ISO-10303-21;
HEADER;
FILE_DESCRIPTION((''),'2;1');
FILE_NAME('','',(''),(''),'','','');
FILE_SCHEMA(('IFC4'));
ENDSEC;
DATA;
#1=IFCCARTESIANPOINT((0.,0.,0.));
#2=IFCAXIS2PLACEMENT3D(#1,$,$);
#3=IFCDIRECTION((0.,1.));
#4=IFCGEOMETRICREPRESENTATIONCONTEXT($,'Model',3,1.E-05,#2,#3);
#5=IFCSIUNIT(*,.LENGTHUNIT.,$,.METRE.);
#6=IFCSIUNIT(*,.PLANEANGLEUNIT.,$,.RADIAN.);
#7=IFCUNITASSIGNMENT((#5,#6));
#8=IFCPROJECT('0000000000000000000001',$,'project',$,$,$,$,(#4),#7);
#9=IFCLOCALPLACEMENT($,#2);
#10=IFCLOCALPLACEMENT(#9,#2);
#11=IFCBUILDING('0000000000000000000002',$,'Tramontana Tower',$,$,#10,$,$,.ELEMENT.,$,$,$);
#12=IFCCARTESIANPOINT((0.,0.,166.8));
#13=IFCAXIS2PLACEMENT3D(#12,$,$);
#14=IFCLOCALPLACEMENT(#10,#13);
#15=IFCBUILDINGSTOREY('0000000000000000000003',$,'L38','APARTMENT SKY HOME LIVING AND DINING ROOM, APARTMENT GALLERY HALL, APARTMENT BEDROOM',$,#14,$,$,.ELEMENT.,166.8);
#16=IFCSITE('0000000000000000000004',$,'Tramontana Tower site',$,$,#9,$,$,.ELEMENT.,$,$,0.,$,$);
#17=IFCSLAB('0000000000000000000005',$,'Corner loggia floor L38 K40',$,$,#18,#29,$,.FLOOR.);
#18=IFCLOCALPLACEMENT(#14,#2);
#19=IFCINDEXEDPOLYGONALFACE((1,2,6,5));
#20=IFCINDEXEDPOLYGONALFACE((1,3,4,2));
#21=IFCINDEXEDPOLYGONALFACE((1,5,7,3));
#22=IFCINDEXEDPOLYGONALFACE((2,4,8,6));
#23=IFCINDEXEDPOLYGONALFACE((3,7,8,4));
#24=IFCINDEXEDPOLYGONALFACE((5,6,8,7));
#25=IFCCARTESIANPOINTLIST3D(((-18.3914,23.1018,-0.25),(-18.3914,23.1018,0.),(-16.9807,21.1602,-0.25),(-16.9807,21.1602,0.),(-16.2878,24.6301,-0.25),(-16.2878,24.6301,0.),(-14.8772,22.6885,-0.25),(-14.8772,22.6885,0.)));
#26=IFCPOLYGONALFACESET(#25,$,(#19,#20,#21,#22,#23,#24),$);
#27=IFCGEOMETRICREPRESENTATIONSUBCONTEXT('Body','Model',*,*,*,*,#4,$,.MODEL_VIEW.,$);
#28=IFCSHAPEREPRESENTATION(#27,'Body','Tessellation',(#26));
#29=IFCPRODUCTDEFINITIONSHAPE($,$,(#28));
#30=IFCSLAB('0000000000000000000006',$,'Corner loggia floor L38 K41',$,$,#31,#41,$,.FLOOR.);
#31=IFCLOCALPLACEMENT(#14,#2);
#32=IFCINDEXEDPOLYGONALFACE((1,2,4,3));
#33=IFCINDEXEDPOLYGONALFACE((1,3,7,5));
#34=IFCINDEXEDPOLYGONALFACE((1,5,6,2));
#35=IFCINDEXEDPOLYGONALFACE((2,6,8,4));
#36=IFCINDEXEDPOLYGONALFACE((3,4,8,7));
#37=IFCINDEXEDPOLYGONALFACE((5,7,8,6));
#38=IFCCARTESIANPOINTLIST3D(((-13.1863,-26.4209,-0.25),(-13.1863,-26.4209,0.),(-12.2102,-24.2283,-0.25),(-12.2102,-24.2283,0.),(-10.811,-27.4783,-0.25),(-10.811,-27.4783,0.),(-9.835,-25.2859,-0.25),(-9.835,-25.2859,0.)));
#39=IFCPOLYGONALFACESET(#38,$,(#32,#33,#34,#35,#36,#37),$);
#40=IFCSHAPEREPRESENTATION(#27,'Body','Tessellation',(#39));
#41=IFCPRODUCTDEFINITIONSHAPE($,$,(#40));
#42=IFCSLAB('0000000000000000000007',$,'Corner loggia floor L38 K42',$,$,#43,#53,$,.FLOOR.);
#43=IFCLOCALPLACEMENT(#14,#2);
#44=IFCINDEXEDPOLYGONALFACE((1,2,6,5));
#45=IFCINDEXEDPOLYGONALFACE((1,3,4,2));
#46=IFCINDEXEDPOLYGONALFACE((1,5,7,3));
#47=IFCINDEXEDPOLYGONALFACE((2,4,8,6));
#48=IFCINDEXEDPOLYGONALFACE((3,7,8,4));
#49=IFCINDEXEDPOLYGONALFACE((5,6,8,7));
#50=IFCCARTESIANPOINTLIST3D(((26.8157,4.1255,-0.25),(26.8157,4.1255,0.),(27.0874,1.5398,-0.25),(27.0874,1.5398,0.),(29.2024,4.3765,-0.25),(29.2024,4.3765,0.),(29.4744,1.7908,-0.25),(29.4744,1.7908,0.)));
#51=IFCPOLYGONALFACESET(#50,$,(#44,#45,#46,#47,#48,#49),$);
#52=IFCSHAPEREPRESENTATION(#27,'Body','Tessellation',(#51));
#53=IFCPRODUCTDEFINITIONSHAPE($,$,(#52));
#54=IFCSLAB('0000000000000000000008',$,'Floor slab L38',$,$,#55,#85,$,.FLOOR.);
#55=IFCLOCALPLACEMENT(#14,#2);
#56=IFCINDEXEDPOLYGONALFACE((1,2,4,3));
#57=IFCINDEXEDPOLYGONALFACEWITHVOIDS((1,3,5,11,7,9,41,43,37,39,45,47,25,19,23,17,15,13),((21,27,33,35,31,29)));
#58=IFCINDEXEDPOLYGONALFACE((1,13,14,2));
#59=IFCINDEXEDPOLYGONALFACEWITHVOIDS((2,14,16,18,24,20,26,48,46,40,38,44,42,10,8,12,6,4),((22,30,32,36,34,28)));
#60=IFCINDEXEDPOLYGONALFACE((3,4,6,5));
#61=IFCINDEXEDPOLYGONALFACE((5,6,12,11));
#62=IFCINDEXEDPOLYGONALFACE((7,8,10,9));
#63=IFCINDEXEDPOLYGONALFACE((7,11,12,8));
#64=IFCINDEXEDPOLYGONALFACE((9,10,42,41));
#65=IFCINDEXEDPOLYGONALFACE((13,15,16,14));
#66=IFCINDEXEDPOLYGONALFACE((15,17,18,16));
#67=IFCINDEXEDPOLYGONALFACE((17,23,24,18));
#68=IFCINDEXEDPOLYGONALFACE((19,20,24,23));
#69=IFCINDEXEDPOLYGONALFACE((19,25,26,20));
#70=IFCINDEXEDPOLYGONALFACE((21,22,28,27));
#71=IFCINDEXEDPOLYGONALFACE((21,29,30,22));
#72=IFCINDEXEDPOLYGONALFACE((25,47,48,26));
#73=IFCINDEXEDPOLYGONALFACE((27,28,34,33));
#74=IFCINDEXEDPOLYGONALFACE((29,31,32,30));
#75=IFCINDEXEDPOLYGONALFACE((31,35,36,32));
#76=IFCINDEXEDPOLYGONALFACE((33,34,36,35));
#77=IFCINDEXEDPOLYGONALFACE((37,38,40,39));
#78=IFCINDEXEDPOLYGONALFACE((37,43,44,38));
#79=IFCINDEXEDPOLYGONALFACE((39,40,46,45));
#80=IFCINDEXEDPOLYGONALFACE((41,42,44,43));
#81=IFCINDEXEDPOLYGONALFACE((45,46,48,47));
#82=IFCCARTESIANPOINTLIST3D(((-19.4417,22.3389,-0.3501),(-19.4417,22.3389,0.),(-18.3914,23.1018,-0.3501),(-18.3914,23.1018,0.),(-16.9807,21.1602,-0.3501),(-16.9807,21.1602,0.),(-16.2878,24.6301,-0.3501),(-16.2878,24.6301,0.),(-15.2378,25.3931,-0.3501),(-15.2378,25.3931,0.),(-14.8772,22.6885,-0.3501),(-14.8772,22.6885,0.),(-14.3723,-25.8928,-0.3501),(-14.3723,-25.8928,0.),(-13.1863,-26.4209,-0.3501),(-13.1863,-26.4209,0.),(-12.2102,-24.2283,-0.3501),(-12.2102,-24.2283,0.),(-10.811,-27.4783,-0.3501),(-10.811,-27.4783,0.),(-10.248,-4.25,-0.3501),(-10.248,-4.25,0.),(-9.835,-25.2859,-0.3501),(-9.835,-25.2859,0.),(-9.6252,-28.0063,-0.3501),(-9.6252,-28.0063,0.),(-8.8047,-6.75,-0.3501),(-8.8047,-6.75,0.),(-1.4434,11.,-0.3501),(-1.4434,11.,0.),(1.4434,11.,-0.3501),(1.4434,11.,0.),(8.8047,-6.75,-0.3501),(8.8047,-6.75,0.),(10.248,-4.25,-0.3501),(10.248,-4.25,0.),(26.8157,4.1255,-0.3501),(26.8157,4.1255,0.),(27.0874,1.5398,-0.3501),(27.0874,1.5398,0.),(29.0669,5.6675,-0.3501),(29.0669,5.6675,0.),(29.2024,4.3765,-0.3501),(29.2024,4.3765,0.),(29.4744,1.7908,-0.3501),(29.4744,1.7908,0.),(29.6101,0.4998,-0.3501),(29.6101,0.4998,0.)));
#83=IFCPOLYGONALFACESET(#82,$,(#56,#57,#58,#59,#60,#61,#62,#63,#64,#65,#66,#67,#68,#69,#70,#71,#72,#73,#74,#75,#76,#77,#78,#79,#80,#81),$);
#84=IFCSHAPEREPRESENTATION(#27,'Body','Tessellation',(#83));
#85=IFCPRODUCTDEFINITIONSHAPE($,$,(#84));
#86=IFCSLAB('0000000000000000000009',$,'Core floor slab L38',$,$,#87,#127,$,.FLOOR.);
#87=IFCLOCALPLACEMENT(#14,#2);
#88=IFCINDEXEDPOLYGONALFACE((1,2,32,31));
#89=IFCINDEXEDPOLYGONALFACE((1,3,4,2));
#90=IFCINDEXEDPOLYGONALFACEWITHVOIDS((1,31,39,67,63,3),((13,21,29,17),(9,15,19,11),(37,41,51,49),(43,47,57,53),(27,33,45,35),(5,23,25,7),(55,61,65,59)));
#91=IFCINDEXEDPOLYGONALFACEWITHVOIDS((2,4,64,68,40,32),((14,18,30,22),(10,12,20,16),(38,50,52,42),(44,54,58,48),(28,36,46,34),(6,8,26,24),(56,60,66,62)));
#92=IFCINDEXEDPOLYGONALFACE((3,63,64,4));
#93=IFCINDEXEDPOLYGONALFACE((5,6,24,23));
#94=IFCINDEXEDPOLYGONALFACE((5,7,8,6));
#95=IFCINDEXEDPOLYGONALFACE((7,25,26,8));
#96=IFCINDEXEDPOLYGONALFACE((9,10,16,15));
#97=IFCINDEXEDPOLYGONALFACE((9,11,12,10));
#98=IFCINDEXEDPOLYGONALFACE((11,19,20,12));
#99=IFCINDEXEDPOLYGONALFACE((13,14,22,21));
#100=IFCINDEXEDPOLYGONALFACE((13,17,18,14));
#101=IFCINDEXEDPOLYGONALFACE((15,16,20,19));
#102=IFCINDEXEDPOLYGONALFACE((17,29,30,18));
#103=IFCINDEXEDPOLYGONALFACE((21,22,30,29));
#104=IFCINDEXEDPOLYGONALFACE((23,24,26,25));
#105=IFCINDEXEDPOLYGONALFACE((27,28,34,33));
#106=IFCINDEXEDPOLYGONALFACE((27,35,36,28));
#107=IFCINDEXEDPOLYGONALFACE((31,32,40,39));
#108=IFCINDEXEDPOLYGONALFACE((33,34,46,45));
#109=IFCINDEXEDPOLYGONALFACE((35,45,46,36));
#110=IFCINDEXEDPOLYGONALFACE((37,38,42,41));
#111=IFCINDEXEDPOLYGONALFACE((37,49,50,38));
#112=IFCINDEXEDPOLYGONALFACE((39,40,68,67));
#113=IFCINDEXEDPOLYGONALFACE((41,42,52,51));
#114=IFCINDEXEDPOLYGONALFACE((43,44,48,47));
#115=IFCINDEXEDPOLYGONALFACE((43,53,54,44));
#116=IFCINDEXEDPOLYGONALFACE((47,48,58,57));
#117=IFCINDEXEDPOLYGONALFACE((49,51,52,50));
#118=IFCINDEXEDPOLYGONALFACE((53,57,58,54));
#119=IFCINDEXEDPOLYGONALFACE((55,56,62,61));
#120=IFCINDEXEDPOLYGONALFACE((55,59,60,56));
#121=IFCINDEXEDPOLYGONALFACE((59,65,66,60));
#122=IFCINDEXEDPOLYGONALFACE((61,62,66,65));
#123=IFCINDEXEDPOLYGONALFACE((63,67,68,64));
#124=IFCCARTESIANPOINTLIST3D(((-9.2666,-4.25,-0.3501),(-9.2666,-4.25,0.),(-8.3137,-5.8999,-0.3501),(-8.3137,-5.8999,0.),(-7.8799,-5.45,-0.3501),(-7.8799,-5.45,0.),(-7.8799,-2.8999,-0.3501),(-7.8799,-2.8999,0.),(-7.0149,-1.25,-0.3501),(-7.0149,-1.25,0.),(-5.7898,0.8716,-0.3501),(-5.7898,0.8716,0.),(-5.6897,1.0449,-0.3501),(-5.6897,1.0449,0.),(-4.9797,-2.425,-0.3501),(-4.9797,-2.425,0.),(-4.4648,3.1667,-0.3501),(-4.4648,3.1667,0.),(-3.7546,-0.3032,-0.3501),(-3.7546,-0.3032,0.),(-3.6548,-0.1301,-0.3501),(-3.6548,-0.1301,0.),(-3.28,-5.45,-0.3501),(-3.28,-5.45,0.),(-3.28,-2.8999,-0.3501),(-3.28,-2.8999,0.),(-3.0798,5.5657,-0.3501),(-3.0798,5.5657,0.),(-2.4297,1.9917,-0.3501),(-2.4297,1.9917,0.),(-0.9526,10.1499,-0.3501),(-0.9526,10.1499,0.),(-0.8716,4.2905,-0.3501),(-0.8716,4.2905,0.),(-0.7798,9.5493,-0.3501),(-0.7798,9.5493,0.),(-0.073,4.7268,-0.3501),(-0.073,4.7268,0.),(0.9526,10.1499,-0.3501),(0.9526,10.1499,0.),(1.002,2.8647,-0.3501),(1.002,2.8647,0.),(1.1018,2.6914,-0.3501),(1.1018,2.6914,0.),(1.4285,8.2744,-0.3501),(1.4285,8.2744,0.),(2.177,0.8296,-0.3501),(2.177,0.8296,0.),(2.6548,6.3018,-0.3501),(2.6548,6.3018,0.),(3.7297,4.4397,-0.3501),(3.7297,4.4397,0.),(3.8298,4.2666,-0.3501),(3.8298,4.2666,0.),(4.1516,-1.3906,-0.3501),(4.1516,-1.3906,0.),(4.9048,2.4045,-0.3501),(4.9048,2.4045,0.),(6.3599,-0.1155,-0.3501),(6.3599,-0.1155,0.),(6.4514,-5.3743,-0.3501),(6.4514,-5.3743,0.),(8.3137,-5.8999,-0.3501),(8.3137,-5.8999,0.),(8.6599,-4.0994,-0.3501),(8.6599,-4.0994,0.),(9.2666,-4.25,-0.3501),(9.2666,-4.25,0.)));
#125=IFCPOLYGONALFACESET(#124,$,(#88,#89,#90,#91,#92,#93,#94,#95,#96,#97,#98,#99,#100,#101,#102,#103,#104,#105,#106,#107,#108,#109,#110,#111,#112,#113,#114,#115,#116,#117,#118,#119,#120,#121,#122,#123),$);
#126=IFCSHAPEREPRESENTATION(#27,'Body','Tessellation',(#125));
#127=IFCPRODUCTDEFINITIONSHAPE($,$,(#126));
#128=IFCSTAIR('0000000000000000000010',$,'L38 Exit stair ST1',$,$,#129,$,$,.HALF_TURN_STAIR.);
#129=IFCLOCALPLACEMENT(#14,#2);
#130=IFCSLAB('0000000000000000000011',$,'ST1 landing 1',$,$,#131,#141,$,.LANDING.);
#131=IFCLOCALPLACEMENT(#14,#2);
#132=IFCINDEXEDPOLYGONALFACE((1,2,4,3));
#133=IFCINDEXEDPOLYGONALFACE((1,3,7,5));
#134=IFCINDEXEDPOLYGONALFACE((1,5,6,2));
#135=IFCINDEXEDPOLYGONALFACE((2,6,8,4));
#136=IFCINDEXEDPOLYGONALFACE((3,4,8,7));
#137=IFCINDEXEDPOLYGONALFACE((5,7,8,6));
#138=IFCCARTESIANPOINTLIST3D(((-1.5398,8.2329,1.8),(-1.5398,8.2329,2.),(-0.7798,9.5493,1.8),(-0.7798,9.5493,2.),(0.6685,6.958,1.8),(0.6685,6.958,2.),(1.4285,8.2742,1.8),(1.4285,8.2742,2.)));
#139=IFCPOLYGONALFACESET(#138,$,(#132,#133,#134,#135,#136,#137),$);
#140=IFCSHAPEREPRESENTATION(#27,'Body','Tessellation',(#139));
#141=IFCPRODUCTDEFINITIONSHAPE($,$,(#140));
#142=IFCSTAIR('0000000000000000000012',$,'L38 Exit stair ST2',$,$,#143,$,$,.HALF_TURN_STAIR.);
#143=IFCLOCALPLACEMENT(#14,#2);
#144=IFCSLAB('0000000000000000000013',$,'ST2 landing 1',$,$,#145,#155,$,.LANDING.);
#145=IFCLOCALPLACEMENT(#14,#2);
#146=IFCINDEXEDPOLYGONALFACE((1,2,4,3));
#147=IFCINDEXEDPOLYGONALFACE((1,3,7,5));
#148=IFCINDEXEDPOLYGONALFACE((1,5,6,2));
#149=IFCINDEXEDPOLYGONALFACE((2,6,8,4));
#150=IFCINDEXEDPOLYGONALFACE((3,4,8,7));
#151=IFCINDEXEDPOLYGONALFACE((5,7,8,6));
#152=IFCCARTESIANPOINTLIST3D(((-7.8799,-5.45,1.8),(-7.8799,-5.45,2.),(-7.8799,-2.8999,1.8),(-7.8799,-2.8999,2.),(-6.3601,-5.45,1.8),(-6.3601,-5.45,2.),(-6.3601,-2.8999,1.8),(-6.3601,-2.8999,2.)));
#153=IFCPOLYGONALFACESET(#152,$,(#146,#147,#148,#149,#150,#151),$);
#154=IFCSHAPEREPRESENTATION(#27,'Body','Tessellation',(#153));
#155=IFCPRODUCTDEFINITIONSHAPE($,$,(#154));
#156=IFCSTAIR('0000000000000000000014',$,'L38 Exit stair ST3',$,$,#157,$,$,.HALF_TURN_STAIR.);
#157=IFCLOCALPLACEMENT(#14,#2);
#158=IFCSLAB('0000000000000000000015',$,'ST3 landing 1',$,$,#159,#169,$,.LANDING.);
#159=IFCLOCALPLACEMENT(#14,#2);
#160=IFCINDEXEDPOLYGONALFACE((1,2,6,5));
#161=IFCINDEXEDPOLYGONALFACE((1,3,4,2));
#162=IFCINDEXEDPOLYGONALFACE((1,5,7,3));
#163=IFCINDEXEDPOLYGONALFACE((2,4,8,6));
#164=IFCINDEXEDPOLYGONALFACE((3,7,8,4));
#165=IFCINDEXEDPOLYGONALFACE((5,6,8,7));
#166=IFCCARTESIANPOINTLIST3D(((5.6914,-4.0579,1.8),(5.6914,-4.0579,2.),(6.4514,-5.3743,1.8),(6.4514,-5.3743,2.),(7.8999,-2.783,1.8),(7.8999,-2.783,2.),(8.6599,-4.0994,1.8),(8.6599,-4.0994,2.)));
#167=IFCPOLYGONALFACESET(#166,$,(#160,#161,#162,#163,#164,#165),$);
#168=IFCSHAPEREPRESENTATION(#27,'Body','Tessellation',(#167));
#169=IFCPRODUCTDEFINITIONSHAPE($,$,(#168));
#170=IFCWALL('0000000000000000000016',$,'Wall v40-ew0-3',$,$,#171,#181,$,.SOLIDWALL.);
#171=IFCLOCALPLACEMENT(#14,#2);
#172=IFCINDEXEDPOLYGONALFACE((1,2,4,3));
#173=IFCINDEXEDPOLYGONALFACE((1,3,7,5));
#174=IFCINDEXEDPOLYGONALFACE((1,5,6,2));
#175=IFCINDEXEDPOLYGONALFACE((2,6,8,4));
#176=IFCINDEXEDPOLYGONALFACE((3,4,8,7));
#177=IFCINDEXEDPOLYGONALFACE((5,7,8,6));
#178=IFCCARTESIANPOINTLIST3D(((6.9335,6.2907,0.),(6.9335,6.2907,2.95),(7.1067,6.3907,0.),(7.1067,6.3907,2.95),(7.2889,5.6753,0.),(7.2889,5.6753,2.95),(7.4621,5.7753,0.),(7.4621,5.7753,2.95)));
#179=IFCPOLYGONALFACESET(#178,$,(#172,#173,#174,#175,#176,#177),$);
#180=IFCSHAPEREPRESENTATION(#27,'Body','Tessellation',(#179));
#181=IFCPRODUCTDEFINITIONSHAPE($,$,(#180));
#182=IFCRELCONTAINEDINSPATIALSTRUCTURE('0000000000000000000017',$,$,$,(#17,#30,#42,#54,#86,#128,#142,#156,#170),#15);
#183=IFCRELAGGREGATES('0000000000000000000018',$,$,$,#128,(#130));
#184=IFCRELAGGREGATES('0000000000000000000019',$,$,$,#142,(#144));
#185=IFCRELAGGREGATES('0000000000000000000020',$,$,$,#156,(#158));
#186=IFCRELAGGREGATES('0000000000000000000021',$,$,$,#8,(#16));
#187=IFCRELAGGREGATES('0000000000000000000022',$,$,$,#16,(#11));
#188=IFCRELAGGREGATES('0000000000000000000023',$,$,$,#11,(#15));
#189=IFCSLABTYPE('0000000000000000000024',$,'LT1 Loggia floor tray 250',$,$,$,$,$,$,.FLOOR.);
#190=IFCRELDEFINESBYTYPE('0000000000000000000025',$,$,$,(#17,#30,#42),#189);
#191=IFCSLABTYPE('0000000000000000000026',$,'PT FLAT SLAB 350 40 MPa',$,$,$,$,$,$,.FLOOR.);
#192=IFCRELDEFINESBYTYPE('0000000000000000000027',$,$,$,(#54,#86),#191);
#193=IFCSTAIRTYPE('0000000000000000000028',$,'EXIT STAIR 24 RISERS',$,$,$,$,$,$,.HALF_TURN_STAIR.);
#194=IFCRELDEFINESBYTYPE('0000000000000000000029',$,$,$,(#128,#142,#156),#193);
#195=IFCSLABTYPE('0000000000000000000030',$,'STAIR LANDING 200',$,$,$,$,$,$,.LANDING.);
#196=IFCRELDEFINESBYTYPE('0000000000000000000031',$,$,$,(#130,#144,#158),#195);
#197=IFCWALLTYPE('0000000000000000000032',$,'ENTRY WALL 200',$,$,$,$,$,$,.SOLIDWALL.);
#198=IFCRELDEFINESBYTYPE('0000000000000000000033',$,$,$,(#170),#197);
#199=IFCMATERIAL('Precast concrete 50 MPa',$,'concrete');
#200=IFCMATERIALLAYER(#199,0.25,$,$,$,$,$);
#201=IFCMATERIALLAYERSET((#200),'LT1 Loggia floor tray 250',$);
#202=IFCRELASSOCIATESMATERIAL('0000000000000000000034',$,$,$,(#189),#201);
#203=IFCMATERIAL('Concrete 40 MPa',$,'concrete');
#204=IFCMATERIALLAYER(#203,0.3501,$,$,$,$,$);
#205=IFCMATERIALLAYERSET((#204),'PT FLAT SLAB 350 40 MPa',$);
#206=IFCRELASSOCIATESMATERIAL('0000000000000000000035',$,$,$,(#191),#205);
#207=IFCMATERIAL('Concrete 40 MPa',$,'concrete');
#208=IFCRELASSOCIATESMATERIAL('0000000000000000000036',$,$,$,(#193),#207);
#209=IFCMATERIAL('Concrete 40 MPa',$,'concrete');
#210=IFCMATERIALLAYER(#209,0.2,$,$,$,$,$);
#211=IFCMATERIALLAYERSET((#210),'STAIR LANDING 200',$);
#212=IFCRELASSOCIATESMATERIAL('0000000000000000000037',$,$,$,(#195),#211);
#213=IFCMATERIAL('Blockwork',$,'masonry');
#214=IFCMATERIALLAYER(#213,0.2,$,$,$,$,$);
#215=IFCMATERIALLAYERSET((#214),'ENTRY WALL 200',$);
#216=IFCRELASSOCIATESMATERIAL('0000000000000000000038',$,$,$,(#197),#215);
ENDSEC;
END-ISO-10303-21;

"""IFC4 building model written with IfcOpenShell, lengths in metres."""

from ifc_helpers import new_model, si_unit, direction, frame, frame_2d, origin, place, context, subcontext, project, spatial, polyline, rectangle, outline, extrude, material, layer, layer_set, type_object, element, aggregate, save


model = new_model("IFC4")

# Units and contexts
model_context = context("Model", 3, precision=1e-05, world=origin(), true_north=direction((0.0, 1.0)))
body_context = subcontext(model_context, "Body", "Model", "MODEL_VIEW")
ifc_project = project(units=[si_unit("LENGTHUNIT", "METRE"), si_unit("PLANEANGLEUNIT", "RADIAN")], contexts=[model_context])

# Site, building, storey
site_placement = place(None, origin())
site = spatial("IfcSite", under=ifc_project, at=site_placement, Name="Tramontana Tower site", CompositionType="ELEMENT", RefElevation=0.0)
building_placement = place(site_placement, origin())
building = spatial("IfcBuilding", under=site, at=building_placement, Name="Tramontana Tower", CompositionType="ELEMENT")
storey_placement = place(building_placement, frame((0.0, 0.0, 166.8)))
storey = spatial("IfcBuildingStorey", under=building, at=storey_placement, Name="L38", Description="APARTMENT SKY HOME LIVING AND DINING ROOM, APARTMENT GALLERY HALL, APARTMENT BEDROOM", CompositionType="ELEMENT", Elevation=166.8)

# Slabs
ifc_material_1 = material(Name="Precast concrete 50 MPa", Category="concrete")
ifc_layer_1 = layer(ifc_material_1, 0.25)
ifc_layer_set_1 = layer_set([ifc_layer_1], Name="LT1 Loggia floor tray 250")
slab_type_1 = type_object("IfcSlabType", Name="LT1 Loggia floor tray 250", PredefinedType="FLOOR", material=ifc_layer_set_1)
slab_1_placement = place(storey_placement, frame((0.0, 0.0, -0.25)))
element("IfcSlab", 1, at=slab_1_placement, inside=storey, type_object=slab_type_1, Name="Corner loggia floor L38 K40", PredefinedType="FLOOR", context=body_context, shape_type="SweptSolid", body=[
    extrude(outline(polyline([(-16.2878, 24.6301), (-14.8772, 22.6885), (-16.9807, 21.1602), (-18.3914, 23.1018), (-16.2878, 24.6301)])), origin(), (0.0, 0.0, 1.0), 0.25),
])
slab_2_placement = place(storey_placement, frame((0.0, 0.0, -0.25)))
element("IfcSlab", 2, at=slab_2_placement, inside=storey, type_object=slab_type_1, Name="Corner loggia floor L38 K41", PredefinedType="FLOOR", context=body_context, shape_type="SweptSolid", body=[
    extrude(outline(polyline([(-13.1863, -26.4209), (-12.2102, -24.2283), (-9.835, -25.2859), (-10.811, -27.4783), (-13.1863, -26.4209)])), origin(), (0.0, 0.0, 1.0), 0.25),
])
slab_3_placement = place(storey_placement, frame((0.0, 0.0, -0.25)))
element("IfcSlab", 3, at=slab_3_placement, inside=storey, type_object=slab_type_1, Name="Corner loggia floor L38 K42", PredefinedType="FLOOR", context=body_context, shape_type="SweptSolid", body=[
    extrude(outline(polyline([(29.4744, 1.7908), (27.0874, 1.5398), (26.8157, 4.1255), (29.2024, 4.3765), (29.4744, 1.7908)])), origin(), (0.0, 0.0, 1.0), 0.25),
])
ifc_material_2 = material(Name="Concrete 40 MPa", Category="concrete")
ifc_layer_2 = layer(ifc_material_2, 0.3501)
ifc_layer_set_2 = layer_set([ifc_layer_2], Name="PT FLAT SLAB 350 40 MPa")
slab_type_2 = type_object("IfcSlabType", Name="PT FLAT SLAB 350 40 MPa", PredefinedType="FLOOR", material=ifc_layer_set_2)
slab_4_placement = place(storey_placement, frame((0.0, 0.0, -0.3501)))
element("IfcSlab", 4, at=slab_4_placement, inside=storey, type_object=slab_type_2, Name="Floor slab L38", PredefinedType="FLOOR", context=body_context, shape_type="SweptSolid", body=[
    extrude(outline(polyline([(29.2024, 4.3765), (26.8157, 4.1255), (27.0874, 1.5398), (29.4744, 1.7908), (29.6101, 0.4998), (-9.6252, -28.0063), (-10.811, -27.4783), (-9.835, -25.2859), (-12.2102, -24.2283), (-13.1863, -26.4209), (-14.3723, -25.8928), (-19.4417, 22.3389), (-18.3914, 23.1018), (-16.9807, 21.1602), (-14.8772, 22.6885), (-16.2878, 24.6301), (-15.2378, 25.3931), (29.0669, 5.6675), (29.2024, 4.3765)]), holes=[polyline([(-10.248, -4.25), (-8.8047, -6.75), (8.8047, -6.75), (10.248, -4.25), (1.4434, 11.0), (-1.4434, 11.0), (-10.248, -4.25)])]), origin(), (0.0, 0.0, 1.0), 0.3501),
])
slab_5_placement = place(storey_placement, frame((0.0, 0.0, -0.3501)))
element("IfcSlab", 5, at=slab_5_placement, inside=storey, type_object=slab_type_2, Name="Core floor slab L38", PredefinedType="FLOOR", context=body_context, shape_type="SweptSolid", body=[
    extrude(outline(polyline([(9.2666, -4.25), (8.3137, -5.8999), (-8.3137, -5.8999), (-9.2666, -4.25), (-0.9526, 10.1499), (0.9526, 10.1499), (9.2666, -4.25)]), holes=[polyline([(8.6599, -4.0994), (6.3599, -0.1155), (4.1516, -1.3906), (6.4514, -5.3743), (8.6599, -4.0994)]), polyline([(3.8298, 4.2666), (1.1018, 2.6914), (2.177, 0.8296), (4.9048, 2.4045), (3.8298, 4.2666)]), polyline([(2.6548, 6.3018), (-0.073, 4.7268), (1.002, 2.8647), (3.7297, 4.4397), (2.6548, 6.3018)]), polyline([(-0.7798, 9.5493), (-3.0798, 5.5657), (-0.8716, 4.2905), (1.4285, 8.2744), (-0.7798, 9.5493)]), polyline([(-5.6897, 1.0449), (-3.6548, -0.1301), (-2.4297, 1.9917), (-4.4648, 3.1667), (-5.6897, 1.0449)]), polyline([(-3.28, -5.45), (-3.28, -2.8999), (-7.8799, -2.8999), (-7.8799, -5.45), (-3.28, -5.45)]), polyline([(-7.0149, -1.25), (-4.9797, -2.425), (-3.7546, -0.3032), (-5.7898, 0.8716), (-7.0149, -1.25)])]), origin(), (0.0, 0.0, 1.0), 0.3501),
])

# Stairs, slabs
ifc_material_3 = material(Name="Concrete 40 MPa", Category="concrete")
stair_type = type_object("IfcStairType", Name="EXIT STAIR 24 RISERS", PredefinedType="HALF_TURN_STAIR", material=ifc_material_3)
stair_1_placement = place(storey_placement, origin())
stair_1 = element("IfcStair", 6, at=stair_1_placement, inside=storey, type_object=stair_type, Name="L38 Exit stair ST1", PredefinedType="HALF_TURN_STAIR")
ifc_material_4 = material(Name="Concrete 40 MPa", Category="concrete")
ifc_layer_3 = layer(ifc_material_4, 0.2)
ifc_layer_set_3 = layer_set([ifc_layer_3], Name="STAIR LANDING 200")
slab_type_3 = type_object("IfcSlabType", Name="STAIR LANDING 200", PredefinedType="LANDING", material=ifc_layer_set_3)
slab_6_placement = place(storey_placement, frame((0.0, 0.0, 1.8)))
slab_6 = element("IfcSlab", 7, at=slab_6_placement, type_object=slab_type_3, Name="ST1 landing 1", PredefinedType="LANDING", context=body_context, shape_type="SweptSolid", body=[
    extrude(outline(polyline([(0.6685, 6.958), (1.4285, 8.2742), (-0.7798, 9.5493), (-1.5398, 8.2329), (0.6685, 6.958)])), origin(), (0.0, 0.0, 1.0), 0.2),
])
aggregate(stair_1, [slab_6])
stair_2_placement = place(storey_placement, origin())
stair_2 = element("IfcStair", 8, at=stair_2_placement, inside=storey, type_object=stair_type, Name="L38 Exit stair ST2", PredefinedType="HALF_TURN_STAIR")
slab_7_placement = place(storey_placement, frame((0.0, 0.0, 1.8)))
slab_7 = element("IfcSlab", 9, at=slab_7_placement, type_object=slab_type_3, Name="ST2 landing 1", PredefinedType="LANDING", context=body_context, shape_type="SweptSolid", body=[
    extrude(outline(polyline([(-6.3601, -2.8999), (-7.8799, -2.8999), (-7.8799, -5.45), (-6.3601, -5.45), (-6.3601, -2.8999)])), origin(), (0.0, 0.0, 1.0), 0.2),
])
aggregate(stair_2, [slab_7])
stair_3_placement = place(storey_placement, origin())
stair_3 = element("IfcStair", 10, at=stair_3_placement, inside=storey, type_object=stair_type, Name="L38 Exit stair ST3", PredefinedType="HALF_TURN_STAIR")
slab_8_placement = place(storey_placement, frame((0.0, 0.0, 1.8)))
slab_8 = element("IfcSlab", 11, at=slab_8_placement, type_object=slab_type_3, Name="ST3 landing 1", PredefinedType="LANDING", context=body_context, shape_type="SweptSolid", body=[
    extrude(outline(polyline([(5.6914, -4.0579), (6.4514, -5.3743), (8.6599, -4.0994), (7.8999, -2.783), (5.6914, -4.0579)])), origin(), (0.0, 0.0, 1.0), 0.2),
])
aggregate(stair_3, [slab_8])

# Wall
ifc_material_5 = material(Name="Blockwork", Category="masonry")
ifc_layer_4 = layer(ifc_material_5, 0.2)
ifc_layer_set_4 = layer_set([ifc_layer_4], Name="ENTRY WALL 200")
wall_type_1 = type_object("IfcWallType", Name="ENTRY WALL 200", PredefinedType="SOLIDWALL", material=ifc_layer_set_4)
wall_1_placement = place(storey_placement, frame((7.02, 6.3408, 0.0), z_axis=(0.0, 0.0, 1.0), x_axis=(0.500129, -0.865951, 0.0)))
element("IfcWall", 12, at=wall_1_placement, inside=storey, type_object=wall_type_1, Name="Wall v40-ew0-3", PredefinedType="SOLIDWALL", context=body_context, shape_type="SweptSolid", body=[
    extrude(rectangle(XDim=0.7107, YDim=0.2, at=frame_2d((0.3555, 0.0))), origin(), (0.0, 0.0, 1.0), 2.95),
])

save(model, "model.ifc")
